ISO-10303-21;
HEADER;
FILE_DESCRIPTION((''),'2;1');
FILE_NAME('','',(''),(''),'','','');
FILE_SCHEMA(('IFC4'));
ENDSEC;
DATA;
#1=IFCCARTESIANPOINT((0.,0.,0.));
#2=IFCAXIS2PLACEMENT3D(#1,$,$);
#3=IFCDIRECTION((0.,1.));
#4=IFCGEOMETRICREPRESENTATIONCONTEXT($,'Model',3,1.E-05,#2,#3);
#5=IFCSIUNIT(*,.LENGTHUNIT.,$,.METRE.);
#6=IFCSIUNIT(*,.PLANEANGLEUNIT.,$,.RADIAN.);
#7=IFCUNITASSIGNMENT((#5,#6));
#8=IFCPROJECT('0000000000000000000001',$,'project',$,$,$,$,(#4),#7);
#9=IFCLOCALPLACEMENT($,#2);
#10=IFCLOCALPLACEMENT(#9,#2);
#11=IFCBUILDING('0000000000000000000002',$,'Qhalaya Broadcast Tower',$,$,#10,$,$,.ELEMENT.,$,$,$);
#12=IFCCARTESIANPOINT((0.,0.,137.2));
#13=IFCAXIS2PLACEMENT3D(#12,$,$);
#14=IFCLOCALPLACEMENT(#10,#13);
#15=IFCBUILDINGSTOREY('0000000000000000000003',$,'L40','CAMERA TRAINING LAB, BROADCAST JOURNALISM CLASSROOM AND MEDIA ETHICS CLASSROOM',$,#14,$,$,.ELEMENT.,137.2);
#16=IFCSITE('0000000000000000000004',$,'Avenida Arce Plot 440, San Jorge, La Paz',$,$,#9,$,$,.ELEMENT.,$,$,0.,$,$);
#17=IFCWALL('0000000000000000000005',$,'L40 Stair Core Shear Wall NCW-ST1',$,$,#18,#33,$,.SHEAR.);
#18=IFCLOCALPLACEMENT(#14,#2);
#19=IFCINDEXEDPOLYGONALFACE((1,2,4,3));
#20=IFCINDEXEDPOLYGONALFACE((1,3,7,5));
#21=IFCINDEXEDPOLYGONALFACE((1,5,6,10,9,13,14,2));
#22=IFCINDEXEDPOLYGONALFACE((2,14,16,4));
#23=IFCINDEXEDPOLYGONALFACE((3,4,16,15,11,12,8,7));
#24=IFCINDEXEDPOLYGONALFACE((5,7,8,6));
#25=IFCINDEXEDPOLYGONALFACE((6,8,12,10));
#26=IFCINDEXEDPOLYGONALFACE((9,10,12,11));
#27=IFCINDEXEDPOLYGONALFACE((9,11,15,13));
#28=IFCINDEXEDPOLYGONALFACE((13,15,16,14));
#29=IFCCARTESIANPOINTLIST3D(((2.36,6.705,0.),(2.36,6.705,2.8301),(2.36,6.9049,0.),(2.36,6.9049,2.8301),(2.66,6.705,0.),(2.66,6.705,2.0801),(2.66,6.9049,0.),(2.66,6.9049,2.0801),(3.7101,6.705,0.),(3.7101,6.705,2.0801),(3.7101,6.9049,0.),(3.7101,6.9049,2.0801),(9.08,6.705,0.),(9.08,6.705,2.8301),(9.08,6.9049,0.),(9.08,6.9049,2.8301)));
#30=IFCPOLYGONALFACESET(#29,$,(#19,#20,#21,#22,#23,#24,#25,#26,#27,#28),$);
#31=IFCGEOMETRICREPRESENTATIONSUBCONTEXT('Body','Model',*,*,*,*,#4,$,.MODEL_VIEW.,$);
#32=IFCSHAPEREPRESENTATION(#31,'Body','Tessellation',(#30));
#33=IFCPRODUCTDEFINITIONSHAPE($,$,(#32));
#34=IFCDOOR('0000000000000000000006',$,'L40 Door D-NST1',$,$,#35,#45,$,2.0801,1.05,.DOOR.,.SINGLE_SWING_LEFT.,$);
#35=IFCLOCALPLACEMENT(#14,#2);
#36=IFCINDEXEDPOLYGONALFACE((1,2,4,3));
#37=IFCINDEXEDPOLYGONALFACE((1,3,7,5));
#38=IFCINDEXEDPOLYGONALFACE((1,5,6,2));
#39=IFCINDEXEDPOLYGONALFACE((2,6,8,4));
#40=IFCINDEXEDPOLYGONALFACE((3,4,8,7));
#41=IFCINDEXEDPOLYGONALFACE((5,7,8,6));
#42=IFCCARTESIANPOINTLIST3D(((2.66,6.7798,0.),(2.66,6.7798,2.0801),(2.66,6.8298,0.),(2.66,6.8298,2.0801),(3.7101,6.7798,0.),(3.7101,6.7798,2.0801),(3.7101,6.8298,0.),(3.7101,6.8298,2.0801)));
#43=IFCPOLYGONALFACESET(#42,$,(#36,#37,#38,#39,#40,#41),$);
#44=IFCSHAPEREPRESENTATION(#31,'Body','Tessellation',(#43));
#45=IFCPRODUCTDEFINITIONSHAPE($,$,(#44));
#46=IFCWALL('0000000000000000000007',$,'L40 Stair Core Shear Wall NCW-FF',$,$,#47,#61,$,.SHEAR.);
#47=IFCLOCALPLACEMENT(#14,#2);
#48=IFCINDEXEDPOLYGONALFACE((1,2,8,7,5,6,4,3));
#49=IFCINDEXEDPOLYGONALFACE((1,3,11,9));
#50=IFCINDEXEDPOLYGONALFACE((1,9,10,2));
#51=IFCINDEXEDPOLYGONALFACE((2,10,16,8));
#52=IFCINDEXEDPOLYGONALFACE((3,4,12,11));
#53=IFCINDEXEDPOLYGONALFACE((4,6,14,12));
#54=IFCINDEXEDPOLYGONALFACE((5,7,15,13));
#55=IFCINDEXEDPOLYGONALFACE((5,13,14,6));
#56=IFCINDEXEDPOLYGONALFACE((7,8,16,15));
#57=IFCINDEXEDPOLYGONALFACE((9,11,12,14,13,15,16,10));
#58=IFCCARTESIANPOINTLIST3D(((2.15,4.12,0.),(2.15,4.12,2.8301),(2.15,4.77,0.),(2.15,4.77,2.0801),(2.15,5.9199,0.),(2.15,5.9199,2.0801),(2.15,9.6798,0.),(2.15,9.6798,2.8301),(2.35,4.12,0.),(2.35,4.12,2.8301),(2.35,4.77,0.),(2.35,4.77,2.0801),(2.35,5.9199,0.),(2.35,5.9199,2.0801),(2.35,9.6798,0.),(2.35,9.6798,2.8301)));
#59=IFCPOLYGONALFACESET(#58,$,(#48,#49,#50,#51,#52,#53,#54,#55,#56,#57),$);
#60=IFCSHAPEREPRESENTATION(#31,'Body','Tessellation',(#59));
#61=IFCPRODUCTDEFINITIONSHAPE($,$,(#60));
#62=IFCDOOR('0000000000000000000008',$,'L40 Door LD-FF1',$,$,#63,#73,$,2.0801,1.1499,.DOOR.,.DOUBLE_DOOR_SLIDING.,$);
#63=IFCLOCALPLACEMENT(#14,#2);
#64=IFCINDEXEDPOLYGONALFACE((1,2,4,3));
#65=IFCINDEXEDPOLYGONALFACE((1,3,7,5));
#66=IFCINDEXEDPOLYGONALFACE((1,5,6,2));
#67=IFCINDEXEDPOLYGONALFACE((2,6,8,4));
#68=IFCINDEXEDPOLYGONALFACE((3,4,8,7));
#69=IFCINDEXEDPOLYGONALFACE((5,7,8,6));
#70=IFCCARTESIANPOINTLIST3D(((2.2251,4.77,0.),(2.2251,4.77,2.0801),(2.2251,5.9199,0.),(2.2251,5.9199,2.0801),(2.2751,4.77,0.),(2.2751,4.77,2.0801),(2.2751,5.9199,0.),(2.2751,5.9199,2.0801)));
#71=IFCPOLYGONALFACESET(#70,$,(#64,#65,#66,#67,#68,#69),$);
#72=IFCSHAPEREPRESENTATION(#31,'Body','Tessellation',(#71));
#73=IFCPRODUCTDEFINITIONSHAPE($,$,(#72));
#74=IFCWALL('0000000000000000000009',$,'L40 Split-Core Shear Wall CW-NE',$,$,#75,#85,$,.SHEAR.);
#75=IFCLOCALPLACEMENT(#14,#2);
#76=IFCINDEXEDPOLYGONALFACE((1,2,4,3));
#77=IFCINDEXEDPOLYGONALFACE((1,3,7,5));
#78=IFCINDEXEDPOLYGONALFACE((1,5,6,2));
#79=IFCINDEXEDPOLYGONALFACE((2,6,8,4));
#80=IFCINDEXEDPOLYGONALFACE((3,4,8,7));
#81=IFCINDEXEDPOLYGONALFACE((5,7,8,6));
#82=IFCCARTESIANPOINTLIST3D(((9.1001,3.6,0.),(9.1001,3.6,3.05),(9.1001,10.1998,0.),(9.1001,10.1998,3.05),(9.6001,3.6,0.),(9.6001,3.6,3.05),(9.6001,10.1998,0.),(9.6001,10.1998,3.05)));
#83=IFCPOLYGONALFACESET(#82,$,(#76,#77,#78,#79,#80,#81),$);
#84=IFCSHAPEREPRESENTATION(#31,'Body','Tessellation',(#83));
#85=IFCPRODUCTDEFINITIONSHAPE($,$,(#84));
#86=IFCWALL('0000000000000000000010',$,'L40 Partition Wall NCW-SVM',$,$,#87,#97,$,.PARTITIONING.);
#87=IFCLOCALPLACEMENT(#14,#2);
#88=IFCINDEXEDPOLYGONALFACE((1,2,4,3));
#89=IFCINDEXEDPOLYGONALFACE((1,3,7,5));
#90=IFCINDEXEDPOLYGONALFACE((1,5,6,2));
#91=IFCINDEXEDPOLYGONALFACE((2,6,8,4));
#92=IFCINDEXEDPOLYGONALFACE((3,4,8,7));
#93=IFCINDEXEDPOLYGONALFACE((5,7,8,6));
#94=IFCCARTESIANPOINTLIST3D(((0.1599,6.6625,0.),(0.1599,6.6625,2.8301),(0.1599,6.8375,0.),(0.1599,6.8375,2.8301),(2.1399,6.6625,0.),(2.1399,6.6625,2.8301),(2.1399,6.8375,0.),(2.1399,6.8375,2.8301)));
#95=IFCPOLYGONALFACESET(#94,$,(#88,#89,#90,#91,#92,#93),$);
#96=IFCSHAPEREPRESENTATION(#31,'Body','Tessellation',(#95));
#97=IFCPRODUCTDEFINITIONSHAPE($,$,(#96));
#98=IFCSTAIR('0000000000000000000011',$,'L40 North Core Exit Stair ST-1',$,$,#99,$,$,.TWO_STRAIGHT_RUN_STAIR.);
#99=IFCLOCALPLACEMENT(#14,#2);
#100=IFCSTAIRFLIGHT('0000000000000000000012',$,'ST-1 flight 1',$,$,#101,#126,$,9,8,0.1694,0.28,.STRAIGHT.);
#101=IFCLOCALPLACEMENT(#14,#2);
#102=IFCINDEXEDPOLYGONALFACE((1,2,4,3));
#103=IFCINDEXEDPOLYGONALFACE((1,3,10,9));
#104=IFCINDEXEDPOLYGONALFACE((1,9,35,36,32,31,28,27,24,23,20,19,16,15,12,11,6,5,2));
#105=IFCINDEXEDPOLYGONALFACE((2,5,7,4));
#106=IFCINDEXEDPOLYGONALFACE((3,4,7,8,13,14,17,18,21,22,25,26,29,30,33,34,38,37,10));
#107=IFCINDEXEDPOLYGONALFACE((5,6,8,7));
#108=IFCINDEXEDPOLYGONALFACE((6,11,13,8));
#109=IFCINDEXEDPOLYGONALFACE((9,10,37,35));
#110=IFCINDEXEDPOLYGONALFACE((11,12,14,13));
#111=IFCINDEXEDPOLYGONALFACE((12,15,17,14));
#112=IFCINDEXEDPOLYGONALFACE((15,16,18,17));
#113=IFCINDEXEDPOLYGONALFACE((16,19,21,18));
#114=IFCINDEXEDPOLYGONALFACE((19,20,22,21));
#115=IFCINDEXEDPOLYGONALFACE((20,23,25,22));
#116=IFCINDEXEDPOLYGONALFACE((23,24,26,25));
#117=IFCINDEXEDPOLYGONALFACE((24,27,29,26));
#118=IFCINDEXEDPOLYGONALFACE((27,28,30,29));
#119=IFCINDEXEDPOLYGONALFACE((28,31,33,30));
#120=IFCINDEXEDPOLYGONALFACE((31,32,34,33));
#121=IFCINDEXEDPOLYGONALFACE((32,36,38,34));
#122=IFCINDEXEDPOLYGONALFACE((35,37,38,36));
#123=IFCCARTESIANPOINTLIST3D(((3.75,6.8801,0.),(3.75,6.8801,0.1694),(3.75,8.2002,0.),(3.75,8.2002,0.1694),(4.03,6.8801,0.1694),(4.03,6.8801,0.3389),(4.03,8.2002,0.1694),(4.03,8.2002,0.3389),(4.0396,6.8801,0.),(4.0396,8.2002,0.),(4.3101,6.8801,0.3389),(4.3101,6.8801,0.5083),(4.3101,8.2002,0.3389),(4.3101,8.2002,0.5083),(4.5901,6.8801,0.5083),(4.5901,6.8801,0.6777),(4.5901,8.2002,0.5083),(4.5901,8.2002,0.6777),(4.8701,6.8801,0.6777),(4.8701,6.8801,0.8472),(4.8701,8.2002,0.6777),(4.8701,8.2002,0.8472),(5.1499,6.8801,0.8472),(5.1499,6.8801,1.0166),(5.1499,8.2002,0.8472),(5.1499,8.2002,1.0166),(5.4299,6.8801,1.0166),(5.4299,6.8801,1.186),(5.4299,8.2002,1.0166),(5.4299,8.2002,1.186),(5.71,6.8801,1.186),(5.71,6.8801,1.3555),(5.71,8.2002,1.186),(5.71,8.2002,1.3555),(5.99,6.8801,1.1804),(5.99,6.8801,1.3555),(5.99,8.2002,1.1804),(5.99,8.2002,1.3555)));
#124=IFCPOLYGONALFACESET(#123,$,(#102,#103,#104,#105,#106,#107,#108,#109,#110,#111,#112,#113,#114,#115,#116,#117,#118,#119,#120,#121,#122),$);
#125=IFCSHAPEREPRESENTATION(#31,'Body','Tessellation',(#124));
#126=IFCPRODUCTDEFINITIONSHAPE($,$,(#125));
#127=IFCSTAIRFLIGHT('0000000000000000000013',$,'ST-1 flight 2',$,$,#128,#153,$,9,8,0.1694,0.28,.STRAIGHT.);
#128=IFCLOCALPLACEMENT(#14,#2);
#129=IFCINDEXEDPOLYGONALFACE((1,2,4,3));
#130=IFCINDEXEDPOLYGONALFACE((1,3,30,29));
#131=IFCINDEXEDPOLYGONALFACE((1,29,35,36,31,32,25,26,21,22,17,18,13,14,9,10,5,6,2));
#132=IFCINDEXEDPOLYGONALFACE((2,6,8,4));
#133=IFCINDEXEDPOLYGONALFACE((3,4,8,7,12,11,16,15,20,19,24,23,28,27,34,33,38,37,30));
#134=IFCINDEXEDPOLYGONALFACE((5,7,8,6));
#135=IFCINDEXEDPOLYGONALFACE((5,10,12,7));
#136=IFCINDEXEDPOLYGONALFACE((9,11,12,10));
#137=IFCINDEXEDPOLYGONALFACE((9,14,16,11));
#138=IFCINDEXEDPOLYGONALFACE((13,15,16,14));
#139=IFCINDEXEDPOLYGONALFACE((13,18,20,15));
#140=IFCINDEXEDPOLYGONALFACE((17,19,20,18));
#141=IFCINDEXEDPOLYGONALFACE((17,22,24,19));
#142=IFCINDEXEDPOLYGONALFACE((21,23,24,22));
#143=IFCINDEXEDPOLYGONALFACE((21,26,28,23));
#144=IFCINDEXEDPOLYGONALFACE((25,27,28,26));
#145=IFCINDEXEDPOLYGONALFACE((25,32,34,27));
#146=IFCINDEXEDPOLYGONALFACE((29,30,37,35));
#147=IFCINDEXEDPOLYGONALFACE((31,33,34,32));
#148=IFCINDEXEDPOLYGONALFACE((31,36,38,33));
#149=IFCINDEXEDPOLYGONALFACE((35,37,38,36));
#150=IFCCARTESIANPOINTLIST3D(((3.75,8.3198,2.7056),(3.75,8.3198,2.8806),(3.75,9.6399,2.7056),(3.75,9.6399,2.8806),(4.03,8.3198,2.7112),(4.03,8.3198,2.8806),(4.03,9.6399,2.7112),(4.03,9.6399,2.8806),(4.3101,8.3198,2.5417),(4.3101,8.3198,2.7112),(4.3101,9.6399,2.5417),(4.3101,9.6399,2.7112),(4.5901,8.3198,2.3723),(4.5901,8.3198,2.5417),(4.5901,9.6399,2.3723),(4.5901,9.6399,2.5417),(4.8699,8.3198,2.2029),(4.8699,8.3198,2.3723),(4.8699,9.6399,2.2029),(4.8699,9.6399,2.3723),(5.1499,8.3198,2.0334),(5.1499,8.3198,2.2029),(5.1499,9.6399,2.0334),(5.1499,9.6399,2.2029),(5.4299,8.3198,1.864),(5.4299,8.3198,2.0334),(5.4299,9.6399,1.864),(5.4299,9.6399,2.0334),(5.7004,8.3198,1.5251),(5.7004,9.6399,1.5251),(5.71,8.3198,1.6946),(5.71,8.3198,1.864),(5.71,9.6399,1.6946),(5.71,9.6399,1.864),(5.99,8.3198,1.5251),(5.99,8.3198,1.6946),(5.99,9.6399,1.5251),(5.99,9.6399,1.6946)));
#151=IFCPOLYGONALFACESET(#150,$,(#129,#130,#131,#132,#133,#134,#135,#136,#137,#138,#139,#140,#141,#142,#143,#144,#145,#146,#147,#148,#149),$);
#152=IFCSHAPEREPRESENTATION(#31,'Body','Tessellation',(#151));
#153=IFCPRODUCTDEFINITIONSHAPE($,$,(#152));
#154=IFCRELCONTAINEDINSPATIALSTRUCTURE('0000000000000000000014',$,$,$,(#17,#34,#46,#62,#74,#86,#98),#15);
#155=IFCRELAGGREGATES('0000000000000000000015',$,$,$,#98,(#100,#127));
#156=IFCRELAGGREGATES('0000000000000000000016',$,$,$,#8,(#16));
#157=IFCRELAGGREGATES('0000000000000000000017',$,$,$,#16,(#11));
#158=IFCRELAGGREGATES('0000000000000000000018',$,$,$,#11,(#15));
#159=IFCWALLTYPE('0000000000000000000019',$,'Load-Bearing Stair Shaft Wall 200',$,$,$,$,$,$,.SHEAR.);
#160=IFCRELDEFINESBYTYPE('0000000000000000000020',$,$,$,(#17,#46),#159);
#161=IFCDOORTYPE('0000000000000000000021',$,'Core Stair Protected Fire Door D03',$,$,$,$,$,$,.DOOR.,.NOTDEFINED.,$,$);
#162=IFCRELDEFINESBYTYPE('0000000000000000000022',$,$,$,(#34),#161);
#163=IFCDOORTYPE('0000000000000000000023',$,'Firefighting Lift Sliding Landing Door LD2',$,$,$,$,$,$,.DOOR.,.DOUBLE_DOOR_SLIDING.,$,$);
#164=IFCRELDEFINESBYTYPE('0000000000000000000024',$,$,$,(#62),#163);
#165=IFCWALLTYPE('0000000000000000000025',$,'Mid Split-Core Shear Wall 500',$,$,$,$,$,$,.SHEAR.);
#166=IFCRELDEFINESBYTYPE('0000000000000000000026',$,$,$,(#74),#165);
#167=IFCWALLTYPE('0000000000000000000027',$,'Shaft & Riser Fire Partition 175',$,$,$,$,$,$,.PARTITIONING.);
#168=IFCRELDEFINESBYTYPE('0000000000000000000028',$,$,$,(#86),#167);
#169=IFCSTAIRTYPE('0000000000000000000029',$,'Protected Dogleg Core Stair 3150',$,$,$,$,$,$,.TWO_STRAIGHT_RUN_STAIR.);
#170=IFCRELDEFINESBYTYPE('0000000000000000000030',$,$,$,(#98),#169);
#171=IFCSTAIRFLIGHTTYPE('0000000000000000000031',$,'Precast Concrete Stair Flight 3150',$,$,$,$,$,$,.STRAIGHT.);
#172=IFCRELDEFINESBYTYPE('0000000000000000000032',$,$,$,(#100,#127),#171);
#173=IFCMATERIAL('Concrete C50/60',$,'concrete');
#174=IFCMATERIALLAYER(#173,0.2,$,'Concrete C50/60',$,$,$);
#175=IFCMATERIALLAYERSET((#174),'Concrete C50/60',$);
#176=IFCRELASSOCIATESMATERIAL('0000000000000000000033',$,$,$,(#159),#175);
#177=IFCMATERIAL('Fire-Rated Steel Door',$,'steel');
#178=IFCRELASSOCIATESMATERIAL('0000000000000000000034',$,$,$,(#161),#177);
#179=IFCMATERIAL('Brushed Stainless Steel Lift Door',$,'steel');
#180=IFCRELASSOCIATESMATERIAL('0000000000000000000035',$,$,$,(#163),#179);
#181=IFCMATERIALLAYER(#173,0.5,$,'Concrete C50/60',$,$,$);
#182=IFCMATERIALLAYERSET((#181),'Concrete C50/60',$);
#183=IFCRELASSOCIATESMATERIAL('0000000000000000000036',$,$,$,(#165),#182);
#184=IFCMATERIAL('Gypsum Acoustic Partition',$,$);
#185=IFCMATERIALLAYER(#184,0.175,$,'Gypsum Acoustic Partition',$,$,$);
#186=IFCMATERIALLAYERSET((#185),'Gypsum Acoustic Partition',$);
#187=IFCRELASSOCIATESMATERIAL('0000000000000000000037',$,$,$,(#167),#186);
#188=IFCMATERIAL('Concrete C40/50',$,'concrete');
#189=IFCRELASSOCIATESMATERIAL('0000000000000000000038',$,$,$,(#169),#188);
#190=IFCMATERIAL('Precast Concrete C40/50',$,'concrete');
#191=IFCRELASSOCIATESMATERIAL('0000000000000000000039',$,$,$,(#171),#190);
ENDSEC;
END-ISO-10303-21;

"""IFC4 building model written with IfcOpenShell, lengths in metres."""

from ifc_helpers import new_model, si_unit, direction, frame, frame_2d, origin, place, context, subcontext, project, spatial, polyline, rectangle, outline, extrude, material, layer, layer_set, type_object, element, fill, aggregate, save


model = new_model("IFC4")

# Units and contexts
model_context = context("Model", 3, precision=1e-05, world=origin(), true_north=direction((0.0, 1.0)))
body_context = subcontext(model_context, "Body", "Model", "MODEL_VIEW")
ifc_project = project(units=[si_unit("LENGTHUNIT", "METRE"), si_unit("PLANEANGLEUNIT", "RADIAN")], contexts=[model_context])

# Site, building, storey
site_placement = place(None, origin())
site = spatial("IfcSite", under=ifc_project, at=site_placement, Name="Avenida Arce Plot 440, San Jorge, La Paz", CompositionType="ELEMENT", RefElevation=0.0)
building_placement = place(site_placement, origin())
building = spatial("IfcBuilding", under=site, at=building_placement, Name="Qhalaya Broadcast Tower", CompositionType="ELEMENT")
storey_placement = place(building_placement, frame((0.0, 0.0, 137.2)))
storey = spatial("IfcBuildingStorey", under=building, at=storey_placement, Name="L40", Description="CAMERA TRAINING LAB, BROADCAST JOURNALISM CLASSROOM AND MEDIA ETHICS CLASSROOM", CompositionType="ELEMENT", Elevation=137.2)

# Shared definitions
ifc_material_1 = material(Name="Concrete C50/60", Category="concrete")

# Walls, openings, doors
ifc_material_2 = material(Name="Gypsum Acoustic Partition")
ifc_layer_1 = layer(ifc_material_1, 0.2, Name="Concrete C50/60")
ifc_layer_set_1 = layer_set([ifc_layer_1], Name="Concrete C50/60")
wall_type_1 = type_object("IfcWallType", Name="Load-Bearing Stair Shaft Wall 200", PredefinedType="SHEAR", material=ifc_layer_set_1)
wall_1_placement = place(storey_placement, frame((2.3601, 6.8049, 0.0), z_axis=(0.0, 0.0, 1.0), x_axis=(1.0, 0.0, 0.0)))
wall_1 = element("IfcWall", 1, at=wall_1_placement, inside=storey, type_object=wall_type_1, Name="L40 Stair Core Shear Wall NCW-ST1", PredefinedType="SHEAR", context=body_context, shape_type="SweptSolid", body=[
    extrude(rectangle(XDim=6.72, YDim=0.2, at=frame_2d((3.3599, 0.0))), origin(), (0.0, 0.0, 1.0), 2.8301),
])
opening_1_placement = place(wall_1_placement, frame((0.3, 0.0, 0.0)))
opening_1 = element("IfcOpeningElement", 2, at=opening_1_placement, cuts=wall_1, PredefinedType="OPENING", context=body_context, shape_type="SweptSolid", body=[
    extrude(rectangle(XDim=1.05, YDim=2.0801, at=frame_2d((0.5249, 1.04))), frame((0.0, 0.1121, 0.0), z_axis=(0.0, -1.0, 0.0), x_axis=(1.0, 0.0, 0.0)), (0.0, 0.0, 1.0), 0.2239),
])
ifc_material_3 = material(Name="Fire-Rated Steel Door", Category="steel")
door_type_1 = type_object("IfcDoorType", Name="Core Stair Protected Fire Door D03", OperationType="NOTDEFINED", PredefinedType="DOOR", material=ifc_material_3)
door_1_placement = place(opening_1_placement, origin())
door_1 = element("IfcDoor", 3, at=door_1_placement, inside=storey, type_object=door_type_1, Name="L40 Door D-NST1", OperationType="SINGLE_SWING_LEFT", OverallHeight=2.0801, OverallWidth=1.05, PredefinedType="DOOR", context=body_context, shape_type="SweptSolid", body=[
    extrude(rectangle(XDim=1.05, YDim=2.0801, at=frame_2d((0.5249, 1.04))), frame((0.0, 0.0249, 0.0), z_axis=(0.0, -1.0, 0.0), x_axis=(1.0, 0.0, 0.0)), (0.0, 0.0, 1.0), 0.05),
])
fill(opening_1, door_1)
wall_2_placement = place(storey_placement, frame((2.25, 4.1201, 0.0), z_axis=(0.0, 0.0, 1.0), x_axis=(0.0, 1.0, 0.0)))
wall_2 = element("IfcWall", 4, at=wall_2_placement, inside=storey, type_object=wall_type_1, Name="L40 Stair Core Shear Wall NCW-FF", PredefinedType="SHEAR", context=body_context, shape_type="SweptSolid", body=[
    extrude(rectangle(XDim=5.5598, YDim=0.2, at=frame_2d((2.7798, 0.0))), origin(), (0.0, 0.0, 1.0), 2.8301),
])
opening_2_placement = place(wall_2_placement, frame((0.6499, 0.0, 0.0)))
opening_2 = element("IfcOpeningElement", 5, at=opening_2_placement, cuts=wall_2, PredefinedType="OPENING", context=body_context, shape_type="SweptSolid", body=[
    extrude(rectangle(XDim=1.1499, YDim=2.0801, at=frame_2d((0.575, 1.04))), frame((0.0, 0.1121, 0.0), z_axis=(0.0, -1.0, 0.0), x_axis=(1.0, 0.0, 0.0)), (0.0, 0.0, 1.0), 0.2239),
])
ifc_material_4 = material(Name="Brushed Stainless Steel Lift Door", Category="steel")
door_type_2 = type_object("IfcDoorType", Name="Firefighting Lift Sliding Landing Door LD2", OperationType="DOUBLE_DOOR_SLIDING", PredefinedType="DOOR", material=ifc_material_4)
door_2_placement = place(opening_2_placement, origin())
door_2 = element("IfcDoor", 6, at=door_2_placement, inside=storey, type_object=door_type_2, Name="L40 Door LD-FF1", OperationType="DOUBLE_DOOR_SLIDING", OverallHeight=2.0801, OverallWidth=1.1499, PredefinedType="DOOR", context=body_context, shape_type="SweptSolid", body=[
    extrude(rectangle(XDim=1.1499, YDim=2.0801, at=frame_2d((0.575, 1.04))), frame((0.0, 0.0249, 0.0), z_axis=(0.0, -1.0, 0.0), x_axis=(1.0, 0.0, 0.0)), (0.0, 0.0, 1.0), 0.05),
])
fill(opening_2, door_2)

# Wall
ifc_layer_2 = layer(ifc_material_1, 0.5, Name="Concrete C50/60")
ifc_layer_set_2 = layer_set([ifc_layer_2], Name="Concrete C50/60")
wall_type_2 = type_object("IfcWallType", Name="Mid Split-Core Shear Wall 500", PredefinedType="SHEAR", material=ifc_layer_set_2)
wall_3_placement = place(storey_placement, frame((9.3501, 3.6001, 0.0), z_axis=(0.0, 0.0, 1.0), x_axis=(0.0, 1.0, 0.0)))
element("IfcWall", 7, at=wall_3_placement, inside=storey, type_object=wall_type_2, Name="L40 Split-Core Shear Wall CW-NE", PredefinedType="SHEAR", context=body_context, shape_type="SweptSolid", body=[
    extrude(rectangle(XDim=6.5999, YDim=0.5, at=frame_2d((3.2998, 0.0))), origin(), (0.0, 0.0, 1.0), 3.05),
])

# Shared definitions
ifc_layer_3 = layer(ifc_material_2, 0.175, Name="Gypsum Acoustic Partition")
ifc_layer_set_3 = layer_set([ifc_layer_3], Name="Gypsum Acoustic Partition")
wall_type_3 = type_object("IfcWallType", Name="Shaft & Riser Fire Partition 175", PredefinedType="PARTITIONING", material=ifc_layer_set_3)

# Wall
wall_4_placement = place(storey_placement, frame((0.1599, 6.75, 0.0), z_axis=(0.0, 0.0, 1.0), x_axis=(1.0, 0.0, 0.0)))
element("IfcWall", 8, at=wall_4_placement, inside=storey, type_object=wall_type_3, Name="L40 Partition Wall NCW-SVM", PredefinedType="PARTITIONING", context=body_context, shape_type="SweptSolid", body=[
    extrude(rectangle(XDim=1.98, YDim=0.175, at=frame_2d((0.99, 0.0))), origin(), (0.0, 0.0, 1.0), 2.8301),
])

# Stair, stair flights
ifc_material_5 = material(Name="Concrete C40/50", Category="concrete")
stair_type = type_object("IfcStairType", Name="Protected Dogleg Core Stair 3150", PredefinedType="TWO_STRAIGHT_RUN_STAIR", material=ifc_material_5)
stair_placement = place(storey_placement, origin())
stair = element("IfcStair", 9, at=stair_placement, inside=storey, type_object=stair_type, Name="L40 North Core Exit Stair ST-1", PredefinedType="TWO_STRAIGHT_RUN_STAIR")
ifc_material_6 = material(Name="Precast Concrete C40/50", Category="concrete")
stair_flight_type = type_object("IfcStairFlightType", Name="Precast Concrete Stair Flight 3150", PredefinedType="STRAIGHT", material=ifc_material_6)
stair_flight_1_placement = place(storey_placement, frame((3.75, 7.54, 0.0), z_axis=(0.0, 0.0, 1.0), x_axis=(1.0, 0.0, 0.0)))
stair_flight_1 = element("IfcStairFlight", 10, at=stair_flight_1_placement, type_object=stair_flight_type, Name="ST-1 flight 1", NumberOfRisers=9, NumberOfTreads=8, PredefinedType="STRAIGHT", RiserHeight=0.1694, TreadLength=0.28, context=body_context, shape_type="SweptSolid", body=[
    extrude(outline(polyline([(0.0, 0.0), (0.0, 0.1694), (0.28, 0.1694), (0.28, 0.3389), (0.5601, 0.3389), (0.5601, 0.5083), (0.8401, 0.5083), (0.8401, 0.6777), (1.1201, 0.6777), (1.1201, 0.8472), (1.3999, 0.8472), (1.3999, 1.0166), (1.6799, 1.0166), (1.6799, 1.186), (1.96, 1.186), (1.96, 1.3555), (2.24, 1.3555), (2.24, 1.5249), (2.24, 1.1804), (0.2896, 0.0), (0.0, 0.0)])), frame((0.0, 0.6602, 0.0), z_axis=(0.0, -1.0, 0.0), x_axis=(1.0, 0.0, 0.0)), (0.0, 0.0, 1.0), 1.3201),
])
stair_flight_2_placement = place(storey_placement, frame((5.99, 8.98, 1.5251), z_axis=(0.0, 0.0, 1.0), x_axis=(-1.0, 0.0, 0.0)))
stair_flight_2 = element("IfcStairFlight", 11, at=stair_flight_2_placement, type_object=stair_flight_type, Name="ST-1 flight 2", NumberOfRisers=9, NumberOfTreads=8, PredefinedType="STRAIGHT", RiserHeight=0.1694, TreadLength=0.28, context=body_context, shape_type="SweptSolid", body=[
    extrude(outline(polyline([(0.0, 0.0), (0.0, 0.1694), (0.28, 0.1694), (0.28, 0.3389), (0.5601, 0.3389), (0.5601, 0.5083), (0.8401, 0.5083), (0.8401, 0.6777), (1.1201, 0.6777), (1.1201, 0.8472), (1.3999, 0.8472), (1.3999, 1.0166), (1.6799, 1.0166), (1.6799, 1.186), (1.96, 1.186), (1.96, 1.3555), (2.24, 1.3555), (2.24, 1.5249), (2.24, 1.1804), (0.2896, 0.0), (0.0, 0.0)])), frame((0.0, 0.6602, 0.0), z_axis=(0.0, -1.0, 0.0), x_axis=(1.0, 0.0, 0.0)), (0.0, 0.0, 1.0), 1.3201),
])
aggregate(stair, [stair_flight_1, stair_flight_2])

save(model, "model.ifc")
